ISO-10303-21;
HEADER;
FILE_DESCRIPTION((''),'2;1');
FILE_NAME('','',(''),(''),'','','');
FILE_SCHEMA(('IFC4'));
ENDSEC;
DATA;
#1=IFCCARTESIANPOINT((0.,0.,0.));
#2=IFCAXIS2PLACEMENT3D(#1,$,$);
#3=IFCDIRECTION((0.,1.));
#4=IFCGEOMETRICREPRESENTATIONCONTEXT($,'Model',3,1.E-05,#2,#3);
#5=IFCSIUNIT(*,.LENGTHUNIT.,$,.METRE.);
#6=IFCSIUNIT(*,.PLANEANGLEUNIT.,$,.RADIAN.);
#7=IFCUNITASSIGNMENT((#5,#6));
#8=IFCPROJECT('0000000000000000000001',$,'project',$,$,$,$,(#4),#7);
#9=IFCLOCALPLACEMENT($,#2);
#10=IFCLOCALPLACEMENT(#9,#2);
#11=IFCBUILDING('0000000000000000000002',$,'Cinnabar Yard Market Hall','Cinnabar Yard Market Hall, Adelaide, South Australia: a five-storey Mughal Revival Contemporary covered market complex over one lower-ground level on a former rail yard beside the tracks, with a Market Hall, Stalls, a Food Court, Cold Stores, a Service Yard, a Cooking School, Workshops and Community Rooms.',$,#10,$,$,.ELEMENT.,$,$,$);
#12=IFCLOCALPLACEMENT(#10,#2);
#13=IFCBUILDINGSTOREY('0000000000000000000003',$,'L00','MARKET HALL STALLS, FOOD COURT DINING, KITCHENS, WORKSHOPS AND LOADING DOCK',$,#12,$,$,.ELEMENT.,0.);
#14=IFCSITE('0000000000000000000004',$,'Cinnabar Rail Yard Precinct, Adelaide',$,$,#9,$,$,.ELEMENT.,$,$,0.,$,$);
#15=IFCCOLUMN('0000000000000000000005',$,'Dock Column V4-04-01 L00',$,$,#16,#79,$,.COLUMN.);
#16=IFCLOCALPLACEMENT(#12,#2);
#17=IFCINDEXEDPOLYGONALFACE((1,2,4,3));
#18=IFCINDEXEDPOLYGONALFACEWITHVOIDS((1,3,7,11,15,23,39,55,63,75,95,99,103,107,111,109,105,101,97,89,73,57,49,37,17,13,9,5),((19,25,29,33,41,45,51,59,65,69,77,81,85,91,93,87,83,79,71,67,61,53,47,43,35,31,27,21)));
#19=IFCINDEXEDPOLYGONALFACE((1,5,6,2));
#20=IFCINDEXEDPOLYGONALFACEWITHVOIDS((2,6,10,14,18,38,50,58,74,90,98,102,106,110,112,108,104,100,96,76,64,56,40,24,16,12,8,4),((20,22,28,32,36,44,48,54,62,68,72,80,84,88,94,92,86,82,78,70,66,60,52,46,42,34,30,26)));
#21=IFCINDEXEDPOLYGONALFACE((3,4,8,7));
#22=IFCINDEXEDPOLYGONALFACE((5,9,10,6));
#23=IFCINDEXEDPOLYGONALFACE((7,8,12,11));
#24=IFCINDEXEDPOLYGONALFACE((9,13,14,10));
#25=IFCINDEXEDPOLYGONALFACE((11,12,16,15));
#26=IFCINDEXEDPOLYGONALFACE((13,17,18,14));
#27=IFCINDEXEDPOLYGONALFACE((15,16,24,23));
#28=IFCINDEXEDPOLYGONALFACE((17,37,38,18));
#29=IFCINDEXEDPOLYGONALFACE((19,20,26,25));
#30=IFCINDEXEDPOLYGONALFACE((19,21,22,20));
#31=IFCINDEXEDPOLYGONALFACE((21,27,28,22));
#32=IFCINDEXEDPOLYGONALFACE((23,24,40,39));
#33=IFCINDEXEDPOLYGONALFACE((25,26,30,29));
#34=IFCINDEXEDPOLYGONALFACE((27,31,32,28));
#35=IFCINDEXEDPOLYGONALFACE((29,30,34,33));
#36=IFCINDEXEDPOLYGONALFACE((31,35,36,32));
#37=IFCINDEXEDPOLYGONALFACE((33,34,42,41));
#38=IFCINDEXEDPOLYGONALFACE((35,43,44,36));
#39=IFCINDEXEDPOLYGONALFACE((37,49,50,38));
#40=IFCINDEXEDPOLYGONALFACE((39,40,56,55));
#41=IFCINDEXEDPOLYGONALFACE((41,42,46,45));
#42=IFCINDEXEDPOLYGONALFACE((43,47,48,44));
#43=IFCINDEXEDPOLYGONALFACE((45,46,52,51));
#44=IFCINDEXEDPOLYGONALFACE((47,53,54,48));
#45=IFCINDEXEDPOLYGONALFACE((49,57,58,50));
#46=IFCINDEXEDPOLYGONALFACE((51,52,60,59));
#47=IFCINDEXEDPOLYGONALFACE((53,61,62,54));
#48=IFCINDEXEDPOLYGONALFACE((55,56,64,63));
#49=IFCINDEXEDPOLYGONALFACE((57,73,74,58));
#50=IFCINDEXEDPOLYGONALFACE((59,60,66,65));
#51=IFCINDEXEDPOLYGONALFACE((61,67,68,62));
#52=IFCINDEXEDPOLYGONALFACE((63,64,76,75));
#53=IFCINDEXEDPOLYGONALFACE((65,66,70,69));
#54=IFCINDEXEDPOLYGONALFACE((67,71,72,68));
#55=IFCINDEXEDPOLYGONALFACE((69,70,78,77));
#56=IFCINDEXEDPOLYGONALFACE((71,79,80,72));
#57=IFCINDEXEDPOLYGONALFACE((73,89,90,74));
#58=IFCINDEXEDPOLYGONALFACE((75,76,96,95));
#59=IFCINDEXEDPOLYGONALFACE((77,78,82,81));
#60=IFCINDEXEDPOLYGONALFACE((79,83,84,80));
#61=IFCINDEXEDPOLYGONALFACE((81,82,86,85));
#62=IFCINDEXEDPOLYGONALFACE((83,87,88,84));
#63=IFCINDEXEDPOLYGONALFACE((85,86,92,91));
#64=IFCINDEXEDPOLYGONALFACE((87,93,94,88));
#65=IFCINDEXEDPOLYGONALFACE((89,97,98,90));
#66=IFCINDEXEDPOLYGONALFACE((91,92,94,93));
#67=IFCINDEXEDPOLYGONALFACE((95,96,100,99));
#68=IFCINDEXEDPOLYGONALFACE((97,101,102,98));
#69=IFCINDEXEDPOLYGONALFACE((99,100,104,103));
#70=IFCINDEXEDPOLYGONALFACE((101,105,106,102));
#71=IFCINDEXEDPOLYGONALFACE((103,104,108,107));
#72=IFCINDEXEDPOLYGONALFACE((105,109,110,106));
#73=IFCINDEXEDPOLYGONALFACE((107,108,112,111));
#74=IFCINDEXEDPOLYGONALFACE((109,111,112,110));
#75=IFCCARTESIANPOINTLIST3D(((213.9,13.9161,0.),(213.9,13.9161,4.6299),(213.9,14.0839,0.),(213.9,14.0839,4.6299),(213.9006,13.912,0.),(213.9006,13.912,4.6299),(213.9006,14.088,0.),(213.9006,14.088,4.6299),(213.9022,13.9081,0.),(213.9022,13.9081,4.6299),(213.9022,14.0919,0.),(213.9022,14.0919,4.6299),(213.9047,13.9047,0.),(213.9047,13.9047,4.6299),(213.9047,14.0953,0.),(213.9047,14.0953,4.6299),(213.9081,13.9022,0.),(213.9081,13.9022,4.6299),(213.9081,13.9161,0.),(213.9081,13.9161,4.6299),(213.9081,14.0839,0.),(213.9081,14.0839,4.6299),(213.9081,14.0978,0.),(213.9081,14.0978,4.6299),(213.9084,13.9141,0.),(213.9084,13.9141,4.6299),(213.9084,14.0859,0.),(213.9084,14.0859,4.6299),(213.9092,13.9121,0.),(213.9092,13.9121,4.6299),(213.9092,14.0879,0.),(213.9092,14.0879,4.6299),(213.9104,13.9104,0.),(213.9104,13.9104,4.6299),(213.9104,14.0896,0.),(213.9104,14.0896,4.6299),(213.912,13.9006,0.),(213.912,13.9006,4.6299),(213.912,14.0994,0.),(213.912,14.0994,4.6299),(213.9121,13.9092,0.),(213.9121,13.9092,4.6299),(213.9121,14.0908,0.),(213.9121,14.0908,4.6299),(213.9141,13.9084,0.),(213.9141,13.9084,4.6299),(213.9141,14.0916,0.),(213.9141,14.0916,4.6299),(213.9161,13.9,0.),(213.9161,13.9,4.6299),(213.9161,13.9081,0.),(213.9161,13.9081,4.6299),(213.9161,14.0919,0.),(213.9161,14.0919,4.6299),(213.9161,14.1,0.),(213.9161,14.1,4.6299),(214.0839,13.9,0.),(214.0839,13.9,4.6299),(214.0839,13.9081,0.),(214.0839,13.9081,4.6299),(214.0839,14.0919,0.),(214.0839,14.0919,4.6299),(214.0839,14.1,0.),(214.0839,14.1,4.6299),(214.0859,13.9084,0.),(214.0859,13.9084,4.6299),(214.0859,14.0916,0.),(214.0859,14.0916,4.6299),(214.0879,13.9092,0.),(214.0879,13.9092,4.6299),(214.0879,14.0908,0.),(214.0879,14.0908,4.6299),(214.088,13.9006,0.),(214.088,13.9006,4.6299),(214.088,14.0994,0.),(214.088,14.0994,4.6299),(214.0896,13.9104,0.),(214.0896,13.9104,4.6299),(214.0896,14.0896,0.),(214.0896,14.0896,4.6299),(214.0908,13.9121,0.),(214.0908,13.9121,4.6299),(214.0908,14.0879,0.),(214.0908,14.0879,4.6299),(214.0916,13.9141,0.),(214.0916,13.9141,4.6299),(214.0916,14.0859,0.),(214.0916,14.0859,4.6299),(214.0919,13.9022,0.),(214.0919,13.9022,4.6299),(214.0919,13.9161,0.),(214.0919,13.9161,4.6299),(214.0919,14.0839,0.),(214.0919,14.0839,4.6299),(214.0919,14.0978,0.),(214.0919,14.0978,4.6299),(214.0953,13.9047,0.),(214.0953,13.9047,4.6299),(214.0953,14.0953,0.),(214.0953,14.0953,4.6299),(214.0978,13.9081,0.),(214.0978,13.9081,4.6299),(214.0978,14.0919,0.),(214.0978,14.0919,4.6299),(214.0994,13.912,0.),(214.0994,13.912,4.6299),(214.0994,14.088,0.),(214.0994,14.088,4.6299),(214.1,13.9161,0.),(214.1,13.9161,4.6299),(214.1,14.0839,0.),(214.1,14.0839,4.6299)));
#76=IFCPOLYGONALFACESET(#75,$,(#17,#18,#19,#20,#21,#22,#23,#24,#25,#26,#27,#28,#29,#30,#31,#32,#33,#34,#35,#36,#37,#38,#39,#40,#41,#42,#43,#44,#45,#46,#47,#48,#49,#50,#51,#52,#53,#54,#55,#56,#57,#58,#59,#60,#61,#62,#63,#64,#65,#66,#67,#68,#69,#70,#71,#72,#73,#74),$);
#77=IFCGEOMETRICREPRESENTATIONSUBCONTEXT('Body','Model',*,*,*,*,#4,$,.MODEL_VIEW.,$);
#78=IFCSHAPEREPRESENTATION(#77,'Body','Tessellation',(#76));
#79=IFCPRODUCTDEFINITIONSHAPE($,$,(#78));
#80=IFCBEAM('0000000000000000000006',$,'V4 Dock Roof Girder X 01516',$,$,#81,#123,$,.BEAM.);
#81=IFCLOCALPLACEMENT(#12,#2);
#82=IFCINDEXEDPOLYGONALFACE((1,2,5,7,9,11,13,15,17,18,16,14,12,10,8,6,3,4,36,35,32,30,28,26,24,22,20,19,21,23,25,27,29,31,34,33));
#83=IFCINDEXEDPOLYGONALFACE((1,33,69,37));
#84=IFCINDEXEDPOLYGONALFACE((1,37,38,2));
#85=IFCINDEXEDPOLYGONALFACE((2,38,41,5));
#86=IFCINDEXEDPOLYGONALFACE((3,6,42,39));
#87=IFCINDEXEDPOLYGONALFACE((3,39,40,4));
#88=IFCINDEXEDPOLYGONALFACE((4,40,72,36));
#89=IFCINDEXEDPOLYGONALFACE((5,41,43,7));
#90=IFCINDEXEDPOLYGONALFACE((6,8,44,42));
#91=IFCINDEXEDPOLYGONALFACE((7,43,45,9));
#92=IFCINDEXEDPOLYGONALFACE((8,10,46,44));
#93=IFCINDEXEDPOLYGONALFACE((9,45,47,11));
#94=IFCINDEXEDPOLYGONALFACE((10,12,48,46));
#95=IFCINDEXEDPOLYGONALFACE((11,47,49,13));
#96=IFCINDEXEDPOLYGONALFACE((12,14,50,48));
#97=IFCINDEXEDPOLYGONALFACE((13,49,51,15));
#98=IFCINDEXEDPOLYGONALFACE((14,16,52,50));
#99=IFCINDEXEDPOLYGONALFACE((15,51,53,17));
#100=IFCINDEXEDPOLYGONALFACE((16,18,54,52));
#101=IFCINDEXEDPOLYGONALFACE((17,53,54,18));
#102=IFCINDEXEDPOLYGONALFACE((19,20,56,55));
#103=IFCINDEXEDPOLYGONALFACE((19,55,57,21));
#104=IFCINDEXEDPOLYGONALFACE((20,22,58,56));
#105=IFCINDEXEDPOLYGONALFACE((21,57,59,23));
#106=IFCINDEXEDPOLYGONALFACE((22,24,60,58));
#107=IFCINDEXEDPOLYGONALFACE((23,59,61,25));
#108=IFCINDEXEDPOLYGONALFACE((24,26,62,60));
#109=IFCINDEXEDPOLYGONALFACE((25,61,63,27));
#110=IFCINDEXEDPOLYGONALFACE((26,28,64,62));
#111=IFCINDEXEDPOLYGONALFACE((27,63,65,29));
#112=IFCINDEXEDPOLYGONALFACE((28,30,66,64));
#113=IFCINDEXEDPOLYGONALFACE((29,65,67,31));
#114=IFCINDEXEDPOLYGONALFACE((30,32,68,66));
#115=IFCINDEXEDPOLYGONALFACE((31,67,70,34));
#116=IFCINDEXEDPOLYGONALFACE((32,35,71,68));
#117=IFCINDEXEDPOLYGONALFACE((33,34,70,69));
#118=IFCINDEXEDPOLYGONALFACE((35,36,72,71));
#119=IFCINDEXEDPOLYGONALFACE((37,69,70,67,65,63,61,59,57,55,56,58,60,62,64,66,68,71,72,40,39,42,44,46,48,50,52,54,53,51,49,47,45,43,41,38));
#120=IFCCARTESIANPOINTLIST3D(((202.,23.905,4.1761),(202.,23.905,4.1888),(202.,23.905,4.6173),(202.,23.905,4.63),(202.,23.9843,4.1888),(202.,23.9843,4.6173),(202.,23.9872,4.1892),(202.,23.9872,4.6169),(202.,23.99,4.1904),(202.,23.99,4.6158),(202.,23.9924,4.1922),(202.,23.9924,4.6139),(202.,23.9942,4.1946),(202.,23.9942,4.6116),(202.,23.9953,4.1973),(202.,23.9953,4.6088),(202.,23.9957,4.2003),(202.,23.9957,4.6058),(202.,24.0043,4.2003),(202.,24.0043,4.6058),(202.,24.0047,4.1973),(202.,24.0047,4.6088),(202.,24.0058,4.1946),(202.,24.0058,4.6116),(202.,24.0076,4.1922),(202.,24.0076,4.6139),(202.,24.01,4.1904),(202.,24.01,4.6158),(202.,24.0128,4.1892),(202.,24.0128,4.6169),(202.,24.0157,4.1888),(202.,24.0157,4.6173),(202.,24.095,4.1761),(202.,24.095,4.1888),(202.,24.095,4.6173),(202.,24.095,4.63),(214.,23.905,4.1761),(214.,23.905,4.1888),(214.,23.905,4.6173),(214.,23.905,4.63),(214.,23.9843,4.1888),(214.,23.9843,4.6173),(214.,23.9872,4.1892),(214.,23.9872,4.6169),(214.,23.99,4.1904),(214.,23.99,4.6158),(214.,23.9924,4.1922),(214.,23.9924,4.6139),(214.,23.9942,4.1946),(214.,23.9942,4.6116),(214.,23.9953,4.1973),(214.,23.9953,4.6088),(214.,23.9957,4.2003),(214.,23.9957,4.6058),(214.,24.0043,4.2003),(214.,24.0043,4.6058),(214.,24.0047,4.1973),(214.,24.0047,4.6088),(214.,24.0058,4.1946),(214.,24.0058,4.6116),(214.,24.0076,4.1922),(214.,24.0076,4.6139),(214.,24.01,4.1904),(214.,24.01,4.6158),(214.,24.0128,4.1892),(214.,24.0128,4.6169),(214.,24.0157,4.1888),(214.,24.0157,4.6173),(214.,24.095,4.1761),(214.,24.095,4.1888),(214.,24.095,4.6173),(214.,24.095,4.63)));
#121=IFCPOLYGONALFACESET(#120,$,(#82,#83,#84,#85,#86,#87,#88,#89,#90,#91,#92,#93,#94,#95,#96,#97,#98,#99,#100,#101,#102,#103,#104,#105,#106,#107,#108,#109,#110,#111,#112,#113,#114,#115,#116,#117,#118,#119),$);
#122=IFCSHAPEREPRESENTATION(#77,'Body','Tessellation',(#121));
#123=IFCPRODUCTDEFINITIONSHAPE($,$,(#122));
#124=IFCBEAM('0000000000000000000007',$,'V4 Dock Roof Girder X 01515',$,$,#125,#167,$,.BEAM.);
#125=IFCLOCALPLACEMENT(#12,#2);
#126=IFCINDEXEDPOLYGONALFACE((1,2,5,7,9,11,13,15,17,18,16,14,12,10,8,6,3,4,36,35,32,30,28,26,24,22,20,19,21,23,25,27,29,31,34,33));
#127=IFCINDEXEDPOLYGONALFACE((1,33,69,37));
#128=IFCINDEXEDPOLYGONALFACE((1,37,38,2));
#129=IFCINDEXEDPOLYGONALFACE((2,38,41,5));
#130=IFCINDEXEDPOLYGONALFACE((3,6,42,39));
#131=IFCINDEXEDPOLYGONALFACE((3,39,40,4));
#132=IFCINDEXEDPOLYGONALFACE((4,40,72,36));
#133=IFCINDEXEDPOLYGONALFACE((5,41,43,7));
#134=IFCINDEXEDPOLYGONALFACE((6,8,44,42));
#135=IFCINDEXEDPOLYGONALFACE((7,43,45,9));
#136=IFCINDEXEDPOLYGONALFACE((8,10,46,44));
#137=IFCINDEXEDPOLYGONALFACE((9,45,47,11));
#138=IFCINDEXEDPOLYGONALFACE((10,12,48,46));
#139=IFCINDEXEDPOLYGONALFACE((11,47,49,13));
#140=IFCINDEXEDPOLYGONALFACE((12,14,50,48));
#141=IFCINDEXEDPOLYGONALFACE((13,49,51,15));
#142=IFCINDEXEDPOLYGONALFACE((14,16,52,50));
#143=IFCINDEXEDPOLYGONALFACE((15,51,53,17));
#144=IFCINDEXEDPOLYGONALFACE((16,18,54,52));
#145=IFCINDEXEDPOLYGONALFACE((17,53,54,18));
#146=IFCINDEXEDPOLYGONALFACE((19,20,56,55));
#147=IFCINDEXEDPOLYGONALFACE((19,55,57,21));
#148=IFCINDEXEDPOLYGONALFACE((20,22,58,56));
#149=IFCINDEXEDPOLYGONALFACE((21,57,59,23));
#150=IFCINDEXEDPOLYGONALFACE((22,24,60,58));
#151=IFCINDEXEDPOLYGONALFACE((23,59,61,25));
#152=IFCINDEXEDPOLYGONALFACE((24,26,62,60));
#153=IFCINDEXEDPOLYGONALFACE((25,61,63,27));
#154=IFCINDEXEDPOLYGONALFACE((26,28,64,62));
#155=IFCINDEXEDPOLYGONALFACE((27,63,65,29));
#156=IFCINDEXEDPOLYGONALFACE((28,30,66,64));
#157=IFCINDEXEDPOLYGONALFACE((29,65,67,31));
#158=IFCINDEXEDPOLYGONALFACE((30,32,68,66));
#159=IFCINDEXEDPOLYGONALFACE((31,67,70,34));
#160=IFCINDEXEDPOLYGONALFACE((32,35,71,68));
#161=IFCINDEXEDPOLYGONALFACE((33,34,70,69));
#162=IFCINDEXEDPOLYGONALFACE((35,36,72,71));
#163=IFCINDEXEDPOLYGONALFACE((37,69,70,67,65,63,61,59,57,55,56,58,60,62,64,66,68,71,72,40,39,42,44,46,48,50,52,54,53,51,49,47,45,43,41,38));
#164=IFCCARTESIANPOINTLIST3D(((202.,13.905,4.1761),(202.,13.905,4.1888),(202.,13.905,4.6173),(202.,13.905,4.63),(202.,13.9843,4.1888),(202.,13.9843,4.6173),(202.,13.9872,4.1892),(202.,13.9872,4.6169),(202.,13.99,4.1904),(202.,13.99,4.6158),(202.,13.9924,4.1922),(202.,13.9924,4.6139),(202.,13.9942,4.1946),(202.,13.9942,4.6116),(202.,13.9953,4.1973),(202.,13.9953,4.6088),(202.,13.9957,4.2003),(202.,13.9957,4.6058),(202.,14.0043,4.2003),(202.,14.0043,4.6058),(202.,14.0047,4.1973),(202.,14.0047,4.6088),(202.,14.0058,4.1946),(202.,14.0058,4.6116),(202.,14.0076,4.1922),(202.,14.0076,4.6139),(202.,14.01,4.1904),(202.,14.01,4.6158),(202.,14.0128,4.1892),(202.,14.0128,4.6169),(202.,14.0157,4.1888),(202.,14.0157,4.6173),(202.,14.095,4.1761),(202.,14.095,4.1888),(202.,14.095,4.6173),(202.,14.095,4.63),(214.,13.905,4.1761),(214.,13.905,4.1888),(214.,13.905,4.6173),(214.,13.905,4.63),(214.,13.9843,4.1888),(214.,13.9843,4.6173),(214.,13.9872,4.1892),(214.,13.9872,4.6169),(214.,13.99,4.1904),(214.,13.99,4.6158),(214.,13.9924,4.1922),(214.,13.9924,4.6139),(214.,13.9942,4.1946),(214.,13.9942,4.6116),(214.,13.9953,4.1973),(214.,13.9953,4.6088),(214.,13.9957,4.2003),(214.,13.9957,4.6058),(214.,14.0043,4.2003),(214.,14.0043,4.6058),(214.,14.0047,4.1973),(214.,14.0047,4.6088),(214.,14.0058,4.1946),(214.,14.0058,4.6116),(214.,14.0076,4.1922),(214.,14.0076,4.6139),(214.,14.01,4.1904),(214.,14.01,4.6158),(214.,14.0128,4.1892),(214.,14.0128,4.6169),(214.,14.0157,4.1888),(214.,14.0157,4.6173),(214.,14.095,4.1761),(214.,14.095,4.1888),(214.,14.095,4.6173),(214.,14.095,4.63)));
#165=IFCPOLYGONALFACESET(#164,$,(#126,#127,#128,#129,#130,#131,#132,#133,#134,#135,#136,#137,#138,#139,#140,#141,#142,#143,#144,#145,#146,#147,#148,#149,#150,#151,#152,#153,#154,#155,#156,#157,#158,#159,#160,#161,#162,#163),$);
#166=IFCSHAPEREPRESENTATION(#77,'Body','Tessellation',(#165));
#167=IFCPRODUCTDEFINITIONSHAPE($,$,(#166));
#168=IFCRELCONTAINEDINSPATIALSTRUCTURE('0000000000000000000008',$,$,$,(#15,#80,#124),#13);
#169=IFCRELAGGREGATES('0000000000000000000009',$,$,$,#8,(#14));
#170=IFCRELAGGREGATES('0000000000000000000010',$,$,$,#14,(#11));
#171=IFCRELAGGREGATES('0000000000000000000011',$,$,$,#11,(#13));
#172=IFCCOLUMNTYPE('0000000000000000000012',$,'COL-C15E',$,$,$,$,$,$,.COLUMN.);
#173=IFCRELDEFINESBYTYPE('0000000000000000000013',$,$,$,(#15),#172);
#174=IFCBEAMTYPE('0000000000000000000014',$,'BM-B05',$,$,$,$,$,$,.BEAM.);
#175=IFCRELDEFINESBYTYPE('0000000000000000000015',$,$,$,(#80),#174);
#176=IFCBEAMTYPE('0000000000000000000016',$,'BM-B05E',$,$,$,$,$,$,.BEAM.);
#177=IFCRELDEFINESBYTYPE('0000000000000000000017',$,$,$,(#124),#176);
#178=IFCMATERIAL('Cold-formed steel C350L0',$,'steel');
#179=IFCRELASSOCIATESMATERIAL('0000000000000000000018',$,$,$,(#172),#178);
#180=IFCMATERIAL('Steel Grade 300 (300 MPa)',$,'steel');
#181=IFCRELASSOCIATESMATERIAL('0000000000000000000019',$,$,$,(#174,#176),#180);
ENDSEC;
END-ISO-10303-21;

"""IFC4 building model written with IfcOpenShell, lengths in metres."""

from ifc_helpers import new_model, si_unit, direction, frame, origin, origin_2d_with_axis, place, context, subcontext, project, spatial, hollow_rectangle, i_section, extrude, material, material_profile, profile_set, type_object, element, save


model = new_model("IFC4")

# Units and contexts
model_context = context("Model", 3, precision=1e-05, world=origin(), true_north=direction((0.0, 1.0)))
body_context = subcontext(model_context, "Body", "Model", "MODEL_VIEW")
ifc_project = project(units=[si_unit("LENGTHUNIT", "METRE"), si_unit("PLANEANGLEUNIT", "RADIAN")], contexts=[model_context])

# Site, building, storey
site_placement = place(None, origin())
site = spatial("IfcSite", under=ifc_project, at=site_placement, Name="Cinnabar Rail Yard Precinct, Adelaide", CompositionType="ELEMENT", RefElevation=0.0)
building_placement = place(site_placement, origin())
building = spatial("IfcBuilding", under=site, at=building_placement, Name="Cinnabar Yard Market Hall", Description="Cinnabar Yard Market Hall, Adelaide, South Australia: a five-storey Mughal Revival Contemporary covered market complex over one lower-ground level on a former rail yard beside the tracks, with a Market Hall, Stalls, a Food Court, Cold Stores, a Service Yard, a Cooking School, Workshops and Community Rooms.", CompositionType="ELEMENT")
storey_placement = place(building_placement, origin())
storey = spatial("IfcBuildingStorey", under=building, at=storey_placement, Name="L00", Description="MARKET HALL STALLS, FOOD COURT DINING, KITCHENS, WORKSHOPS AND LOADING DOCK", CompositionType="ELEMENT", Elevation=0.0)

# Column
ifc_material_1 = material(Name="Steel Grade 300 (300 MPa)", Category="steel")
ifc_material_2 = material(Name="Cold-formed steel C350L0", Category="steel")
ifc_material_profile_1 = material_profile(ifc_material_2, hollow_rectangle(XDim=0.2, YDim=0.2, WallThickness=0.0081, InnerFilletRadius=0.0081, OuterFilletRadius=0.0161, at=origin_2d_with_axis()), Name="200x200x8.0SHS")
ifc_profile_set_1 = profile_set([ifc_material_profile_1], Name="Cold-formed steel C350L0")
column_type_1 = type_object("IfcColumnType", Name="COL-C15E", PredefinedType="COLUMN", material=ifc_profile_set_1)
for number, where, z_axis, x_axis, name in (
    (1, (214.0, 14.0, 0.0), (0.0, 0.0, 1.0), (1.0, 0.0, 0.0), "Dock Column V4-04-01 L00"),
):
    element("IfcColumn", number, at=place(storey_placement, frame(where, z_axis=z_axis, x_axis=x_axis)), inside=storey, type_object=column_type_1, Name=name, PredefinedType="COLUMN", context=body_context, shape_type="SweptSolid", body=[
        extrude(hollow_rectangle(XDim=0.2, YDim=0.2, WallThickness=0.0081, InnerFilletRadius=0.0081, OuterFilletRadius=0.0161, at=origin_2d_with_axis()), origin(), (0.0, 0.0, 1.0), 4.6299),
    ])

# Beams
ifc_material_profile_2 = material_profile(ifc_material_1, i_section(OverallWidth=0.1899, OverallDepth=0.4539, WebThickness=0.0085, FlangeThickness=0.0127, FilletRadius=0.0115, at=origin_2d_with_axis()), Name="460UB67.1")
ifc_profile_set_2 = profile_set([ifc_material_profile_2], Name="Steel Grade 300 (300 MPa)")
beam_type_1 = type_object("IfcBeamType", Name="BM-B05", PredefinedType="BEAM", material=ifc_profile_set_2)
beam_1_placement = place(storey_placement, frame((202.0, 24.0, 4.4031), z_axis=(1.0, 0.0, 0.0), x_axis=(0.0, 1.0, 0.0)))
element("IfcBeam", 2, at=beam_1_placement, inside=storey, type_object=beam_type_1, Name="V4 Dock Roof Girder X 01516", PredefinedType="BEAM", context=body_context, shape_type="SweptSolid", body=[
    extrude(i_section(OverallWidth=0.1899, OverallDepth=0.4539, WebThickness=0.0085, FlangeThickness=0.0127, FilletRadius=0.0115, at=origin_2d_with_axis()), origin(), (0.0, 0.0, 1.0), 12.0),
])
ifc_material_profile_3 = material_profile(ifc_material_1, i_section(OverallWidth=0.1899, OverallDepth=0.4539, WebThickness=0.0085, FlangeThickness=0.0127, FilletRadius=0.0115, at=origin_2d_with_axis()), Name="460UB67.1")
ifc_profile_set_3 = profile_set([ifc_material_profile_3], Name="Steel Grade 300 (300 MPa)")
beam_type_2 = type_object("IfcBeamType", Name="BM-B05E", PredefinedType="BEAM", material=ifc_profile_set_3)
beam_2_placement = place(storey_placement, frame((202.0, 14.0, 4.4031), z_axis=(1.0, 0.0, 0.0), x_axis=(0.0, 1.0, 0.0)))
element("IfcBeam", 3, at=beam_2_placement, inside=storey, type_object=beam_type_2, Name="V4 Dock Roof Girder X 01515", PredefinedType="BEAM", context=body_context, shape_type="SweptSolid", body=[
    extrude(i_section(OverallWidth=0.1899, OverallDepth=0.4539, WebThickness=0.0085, FlangeThickness=0.0127, FilletRadius=0.0115, at=origin_2d_with_axis()), origin(), (0.0, 0.0, 1.0), 12.0),
])

save(model, "model.ifc")
